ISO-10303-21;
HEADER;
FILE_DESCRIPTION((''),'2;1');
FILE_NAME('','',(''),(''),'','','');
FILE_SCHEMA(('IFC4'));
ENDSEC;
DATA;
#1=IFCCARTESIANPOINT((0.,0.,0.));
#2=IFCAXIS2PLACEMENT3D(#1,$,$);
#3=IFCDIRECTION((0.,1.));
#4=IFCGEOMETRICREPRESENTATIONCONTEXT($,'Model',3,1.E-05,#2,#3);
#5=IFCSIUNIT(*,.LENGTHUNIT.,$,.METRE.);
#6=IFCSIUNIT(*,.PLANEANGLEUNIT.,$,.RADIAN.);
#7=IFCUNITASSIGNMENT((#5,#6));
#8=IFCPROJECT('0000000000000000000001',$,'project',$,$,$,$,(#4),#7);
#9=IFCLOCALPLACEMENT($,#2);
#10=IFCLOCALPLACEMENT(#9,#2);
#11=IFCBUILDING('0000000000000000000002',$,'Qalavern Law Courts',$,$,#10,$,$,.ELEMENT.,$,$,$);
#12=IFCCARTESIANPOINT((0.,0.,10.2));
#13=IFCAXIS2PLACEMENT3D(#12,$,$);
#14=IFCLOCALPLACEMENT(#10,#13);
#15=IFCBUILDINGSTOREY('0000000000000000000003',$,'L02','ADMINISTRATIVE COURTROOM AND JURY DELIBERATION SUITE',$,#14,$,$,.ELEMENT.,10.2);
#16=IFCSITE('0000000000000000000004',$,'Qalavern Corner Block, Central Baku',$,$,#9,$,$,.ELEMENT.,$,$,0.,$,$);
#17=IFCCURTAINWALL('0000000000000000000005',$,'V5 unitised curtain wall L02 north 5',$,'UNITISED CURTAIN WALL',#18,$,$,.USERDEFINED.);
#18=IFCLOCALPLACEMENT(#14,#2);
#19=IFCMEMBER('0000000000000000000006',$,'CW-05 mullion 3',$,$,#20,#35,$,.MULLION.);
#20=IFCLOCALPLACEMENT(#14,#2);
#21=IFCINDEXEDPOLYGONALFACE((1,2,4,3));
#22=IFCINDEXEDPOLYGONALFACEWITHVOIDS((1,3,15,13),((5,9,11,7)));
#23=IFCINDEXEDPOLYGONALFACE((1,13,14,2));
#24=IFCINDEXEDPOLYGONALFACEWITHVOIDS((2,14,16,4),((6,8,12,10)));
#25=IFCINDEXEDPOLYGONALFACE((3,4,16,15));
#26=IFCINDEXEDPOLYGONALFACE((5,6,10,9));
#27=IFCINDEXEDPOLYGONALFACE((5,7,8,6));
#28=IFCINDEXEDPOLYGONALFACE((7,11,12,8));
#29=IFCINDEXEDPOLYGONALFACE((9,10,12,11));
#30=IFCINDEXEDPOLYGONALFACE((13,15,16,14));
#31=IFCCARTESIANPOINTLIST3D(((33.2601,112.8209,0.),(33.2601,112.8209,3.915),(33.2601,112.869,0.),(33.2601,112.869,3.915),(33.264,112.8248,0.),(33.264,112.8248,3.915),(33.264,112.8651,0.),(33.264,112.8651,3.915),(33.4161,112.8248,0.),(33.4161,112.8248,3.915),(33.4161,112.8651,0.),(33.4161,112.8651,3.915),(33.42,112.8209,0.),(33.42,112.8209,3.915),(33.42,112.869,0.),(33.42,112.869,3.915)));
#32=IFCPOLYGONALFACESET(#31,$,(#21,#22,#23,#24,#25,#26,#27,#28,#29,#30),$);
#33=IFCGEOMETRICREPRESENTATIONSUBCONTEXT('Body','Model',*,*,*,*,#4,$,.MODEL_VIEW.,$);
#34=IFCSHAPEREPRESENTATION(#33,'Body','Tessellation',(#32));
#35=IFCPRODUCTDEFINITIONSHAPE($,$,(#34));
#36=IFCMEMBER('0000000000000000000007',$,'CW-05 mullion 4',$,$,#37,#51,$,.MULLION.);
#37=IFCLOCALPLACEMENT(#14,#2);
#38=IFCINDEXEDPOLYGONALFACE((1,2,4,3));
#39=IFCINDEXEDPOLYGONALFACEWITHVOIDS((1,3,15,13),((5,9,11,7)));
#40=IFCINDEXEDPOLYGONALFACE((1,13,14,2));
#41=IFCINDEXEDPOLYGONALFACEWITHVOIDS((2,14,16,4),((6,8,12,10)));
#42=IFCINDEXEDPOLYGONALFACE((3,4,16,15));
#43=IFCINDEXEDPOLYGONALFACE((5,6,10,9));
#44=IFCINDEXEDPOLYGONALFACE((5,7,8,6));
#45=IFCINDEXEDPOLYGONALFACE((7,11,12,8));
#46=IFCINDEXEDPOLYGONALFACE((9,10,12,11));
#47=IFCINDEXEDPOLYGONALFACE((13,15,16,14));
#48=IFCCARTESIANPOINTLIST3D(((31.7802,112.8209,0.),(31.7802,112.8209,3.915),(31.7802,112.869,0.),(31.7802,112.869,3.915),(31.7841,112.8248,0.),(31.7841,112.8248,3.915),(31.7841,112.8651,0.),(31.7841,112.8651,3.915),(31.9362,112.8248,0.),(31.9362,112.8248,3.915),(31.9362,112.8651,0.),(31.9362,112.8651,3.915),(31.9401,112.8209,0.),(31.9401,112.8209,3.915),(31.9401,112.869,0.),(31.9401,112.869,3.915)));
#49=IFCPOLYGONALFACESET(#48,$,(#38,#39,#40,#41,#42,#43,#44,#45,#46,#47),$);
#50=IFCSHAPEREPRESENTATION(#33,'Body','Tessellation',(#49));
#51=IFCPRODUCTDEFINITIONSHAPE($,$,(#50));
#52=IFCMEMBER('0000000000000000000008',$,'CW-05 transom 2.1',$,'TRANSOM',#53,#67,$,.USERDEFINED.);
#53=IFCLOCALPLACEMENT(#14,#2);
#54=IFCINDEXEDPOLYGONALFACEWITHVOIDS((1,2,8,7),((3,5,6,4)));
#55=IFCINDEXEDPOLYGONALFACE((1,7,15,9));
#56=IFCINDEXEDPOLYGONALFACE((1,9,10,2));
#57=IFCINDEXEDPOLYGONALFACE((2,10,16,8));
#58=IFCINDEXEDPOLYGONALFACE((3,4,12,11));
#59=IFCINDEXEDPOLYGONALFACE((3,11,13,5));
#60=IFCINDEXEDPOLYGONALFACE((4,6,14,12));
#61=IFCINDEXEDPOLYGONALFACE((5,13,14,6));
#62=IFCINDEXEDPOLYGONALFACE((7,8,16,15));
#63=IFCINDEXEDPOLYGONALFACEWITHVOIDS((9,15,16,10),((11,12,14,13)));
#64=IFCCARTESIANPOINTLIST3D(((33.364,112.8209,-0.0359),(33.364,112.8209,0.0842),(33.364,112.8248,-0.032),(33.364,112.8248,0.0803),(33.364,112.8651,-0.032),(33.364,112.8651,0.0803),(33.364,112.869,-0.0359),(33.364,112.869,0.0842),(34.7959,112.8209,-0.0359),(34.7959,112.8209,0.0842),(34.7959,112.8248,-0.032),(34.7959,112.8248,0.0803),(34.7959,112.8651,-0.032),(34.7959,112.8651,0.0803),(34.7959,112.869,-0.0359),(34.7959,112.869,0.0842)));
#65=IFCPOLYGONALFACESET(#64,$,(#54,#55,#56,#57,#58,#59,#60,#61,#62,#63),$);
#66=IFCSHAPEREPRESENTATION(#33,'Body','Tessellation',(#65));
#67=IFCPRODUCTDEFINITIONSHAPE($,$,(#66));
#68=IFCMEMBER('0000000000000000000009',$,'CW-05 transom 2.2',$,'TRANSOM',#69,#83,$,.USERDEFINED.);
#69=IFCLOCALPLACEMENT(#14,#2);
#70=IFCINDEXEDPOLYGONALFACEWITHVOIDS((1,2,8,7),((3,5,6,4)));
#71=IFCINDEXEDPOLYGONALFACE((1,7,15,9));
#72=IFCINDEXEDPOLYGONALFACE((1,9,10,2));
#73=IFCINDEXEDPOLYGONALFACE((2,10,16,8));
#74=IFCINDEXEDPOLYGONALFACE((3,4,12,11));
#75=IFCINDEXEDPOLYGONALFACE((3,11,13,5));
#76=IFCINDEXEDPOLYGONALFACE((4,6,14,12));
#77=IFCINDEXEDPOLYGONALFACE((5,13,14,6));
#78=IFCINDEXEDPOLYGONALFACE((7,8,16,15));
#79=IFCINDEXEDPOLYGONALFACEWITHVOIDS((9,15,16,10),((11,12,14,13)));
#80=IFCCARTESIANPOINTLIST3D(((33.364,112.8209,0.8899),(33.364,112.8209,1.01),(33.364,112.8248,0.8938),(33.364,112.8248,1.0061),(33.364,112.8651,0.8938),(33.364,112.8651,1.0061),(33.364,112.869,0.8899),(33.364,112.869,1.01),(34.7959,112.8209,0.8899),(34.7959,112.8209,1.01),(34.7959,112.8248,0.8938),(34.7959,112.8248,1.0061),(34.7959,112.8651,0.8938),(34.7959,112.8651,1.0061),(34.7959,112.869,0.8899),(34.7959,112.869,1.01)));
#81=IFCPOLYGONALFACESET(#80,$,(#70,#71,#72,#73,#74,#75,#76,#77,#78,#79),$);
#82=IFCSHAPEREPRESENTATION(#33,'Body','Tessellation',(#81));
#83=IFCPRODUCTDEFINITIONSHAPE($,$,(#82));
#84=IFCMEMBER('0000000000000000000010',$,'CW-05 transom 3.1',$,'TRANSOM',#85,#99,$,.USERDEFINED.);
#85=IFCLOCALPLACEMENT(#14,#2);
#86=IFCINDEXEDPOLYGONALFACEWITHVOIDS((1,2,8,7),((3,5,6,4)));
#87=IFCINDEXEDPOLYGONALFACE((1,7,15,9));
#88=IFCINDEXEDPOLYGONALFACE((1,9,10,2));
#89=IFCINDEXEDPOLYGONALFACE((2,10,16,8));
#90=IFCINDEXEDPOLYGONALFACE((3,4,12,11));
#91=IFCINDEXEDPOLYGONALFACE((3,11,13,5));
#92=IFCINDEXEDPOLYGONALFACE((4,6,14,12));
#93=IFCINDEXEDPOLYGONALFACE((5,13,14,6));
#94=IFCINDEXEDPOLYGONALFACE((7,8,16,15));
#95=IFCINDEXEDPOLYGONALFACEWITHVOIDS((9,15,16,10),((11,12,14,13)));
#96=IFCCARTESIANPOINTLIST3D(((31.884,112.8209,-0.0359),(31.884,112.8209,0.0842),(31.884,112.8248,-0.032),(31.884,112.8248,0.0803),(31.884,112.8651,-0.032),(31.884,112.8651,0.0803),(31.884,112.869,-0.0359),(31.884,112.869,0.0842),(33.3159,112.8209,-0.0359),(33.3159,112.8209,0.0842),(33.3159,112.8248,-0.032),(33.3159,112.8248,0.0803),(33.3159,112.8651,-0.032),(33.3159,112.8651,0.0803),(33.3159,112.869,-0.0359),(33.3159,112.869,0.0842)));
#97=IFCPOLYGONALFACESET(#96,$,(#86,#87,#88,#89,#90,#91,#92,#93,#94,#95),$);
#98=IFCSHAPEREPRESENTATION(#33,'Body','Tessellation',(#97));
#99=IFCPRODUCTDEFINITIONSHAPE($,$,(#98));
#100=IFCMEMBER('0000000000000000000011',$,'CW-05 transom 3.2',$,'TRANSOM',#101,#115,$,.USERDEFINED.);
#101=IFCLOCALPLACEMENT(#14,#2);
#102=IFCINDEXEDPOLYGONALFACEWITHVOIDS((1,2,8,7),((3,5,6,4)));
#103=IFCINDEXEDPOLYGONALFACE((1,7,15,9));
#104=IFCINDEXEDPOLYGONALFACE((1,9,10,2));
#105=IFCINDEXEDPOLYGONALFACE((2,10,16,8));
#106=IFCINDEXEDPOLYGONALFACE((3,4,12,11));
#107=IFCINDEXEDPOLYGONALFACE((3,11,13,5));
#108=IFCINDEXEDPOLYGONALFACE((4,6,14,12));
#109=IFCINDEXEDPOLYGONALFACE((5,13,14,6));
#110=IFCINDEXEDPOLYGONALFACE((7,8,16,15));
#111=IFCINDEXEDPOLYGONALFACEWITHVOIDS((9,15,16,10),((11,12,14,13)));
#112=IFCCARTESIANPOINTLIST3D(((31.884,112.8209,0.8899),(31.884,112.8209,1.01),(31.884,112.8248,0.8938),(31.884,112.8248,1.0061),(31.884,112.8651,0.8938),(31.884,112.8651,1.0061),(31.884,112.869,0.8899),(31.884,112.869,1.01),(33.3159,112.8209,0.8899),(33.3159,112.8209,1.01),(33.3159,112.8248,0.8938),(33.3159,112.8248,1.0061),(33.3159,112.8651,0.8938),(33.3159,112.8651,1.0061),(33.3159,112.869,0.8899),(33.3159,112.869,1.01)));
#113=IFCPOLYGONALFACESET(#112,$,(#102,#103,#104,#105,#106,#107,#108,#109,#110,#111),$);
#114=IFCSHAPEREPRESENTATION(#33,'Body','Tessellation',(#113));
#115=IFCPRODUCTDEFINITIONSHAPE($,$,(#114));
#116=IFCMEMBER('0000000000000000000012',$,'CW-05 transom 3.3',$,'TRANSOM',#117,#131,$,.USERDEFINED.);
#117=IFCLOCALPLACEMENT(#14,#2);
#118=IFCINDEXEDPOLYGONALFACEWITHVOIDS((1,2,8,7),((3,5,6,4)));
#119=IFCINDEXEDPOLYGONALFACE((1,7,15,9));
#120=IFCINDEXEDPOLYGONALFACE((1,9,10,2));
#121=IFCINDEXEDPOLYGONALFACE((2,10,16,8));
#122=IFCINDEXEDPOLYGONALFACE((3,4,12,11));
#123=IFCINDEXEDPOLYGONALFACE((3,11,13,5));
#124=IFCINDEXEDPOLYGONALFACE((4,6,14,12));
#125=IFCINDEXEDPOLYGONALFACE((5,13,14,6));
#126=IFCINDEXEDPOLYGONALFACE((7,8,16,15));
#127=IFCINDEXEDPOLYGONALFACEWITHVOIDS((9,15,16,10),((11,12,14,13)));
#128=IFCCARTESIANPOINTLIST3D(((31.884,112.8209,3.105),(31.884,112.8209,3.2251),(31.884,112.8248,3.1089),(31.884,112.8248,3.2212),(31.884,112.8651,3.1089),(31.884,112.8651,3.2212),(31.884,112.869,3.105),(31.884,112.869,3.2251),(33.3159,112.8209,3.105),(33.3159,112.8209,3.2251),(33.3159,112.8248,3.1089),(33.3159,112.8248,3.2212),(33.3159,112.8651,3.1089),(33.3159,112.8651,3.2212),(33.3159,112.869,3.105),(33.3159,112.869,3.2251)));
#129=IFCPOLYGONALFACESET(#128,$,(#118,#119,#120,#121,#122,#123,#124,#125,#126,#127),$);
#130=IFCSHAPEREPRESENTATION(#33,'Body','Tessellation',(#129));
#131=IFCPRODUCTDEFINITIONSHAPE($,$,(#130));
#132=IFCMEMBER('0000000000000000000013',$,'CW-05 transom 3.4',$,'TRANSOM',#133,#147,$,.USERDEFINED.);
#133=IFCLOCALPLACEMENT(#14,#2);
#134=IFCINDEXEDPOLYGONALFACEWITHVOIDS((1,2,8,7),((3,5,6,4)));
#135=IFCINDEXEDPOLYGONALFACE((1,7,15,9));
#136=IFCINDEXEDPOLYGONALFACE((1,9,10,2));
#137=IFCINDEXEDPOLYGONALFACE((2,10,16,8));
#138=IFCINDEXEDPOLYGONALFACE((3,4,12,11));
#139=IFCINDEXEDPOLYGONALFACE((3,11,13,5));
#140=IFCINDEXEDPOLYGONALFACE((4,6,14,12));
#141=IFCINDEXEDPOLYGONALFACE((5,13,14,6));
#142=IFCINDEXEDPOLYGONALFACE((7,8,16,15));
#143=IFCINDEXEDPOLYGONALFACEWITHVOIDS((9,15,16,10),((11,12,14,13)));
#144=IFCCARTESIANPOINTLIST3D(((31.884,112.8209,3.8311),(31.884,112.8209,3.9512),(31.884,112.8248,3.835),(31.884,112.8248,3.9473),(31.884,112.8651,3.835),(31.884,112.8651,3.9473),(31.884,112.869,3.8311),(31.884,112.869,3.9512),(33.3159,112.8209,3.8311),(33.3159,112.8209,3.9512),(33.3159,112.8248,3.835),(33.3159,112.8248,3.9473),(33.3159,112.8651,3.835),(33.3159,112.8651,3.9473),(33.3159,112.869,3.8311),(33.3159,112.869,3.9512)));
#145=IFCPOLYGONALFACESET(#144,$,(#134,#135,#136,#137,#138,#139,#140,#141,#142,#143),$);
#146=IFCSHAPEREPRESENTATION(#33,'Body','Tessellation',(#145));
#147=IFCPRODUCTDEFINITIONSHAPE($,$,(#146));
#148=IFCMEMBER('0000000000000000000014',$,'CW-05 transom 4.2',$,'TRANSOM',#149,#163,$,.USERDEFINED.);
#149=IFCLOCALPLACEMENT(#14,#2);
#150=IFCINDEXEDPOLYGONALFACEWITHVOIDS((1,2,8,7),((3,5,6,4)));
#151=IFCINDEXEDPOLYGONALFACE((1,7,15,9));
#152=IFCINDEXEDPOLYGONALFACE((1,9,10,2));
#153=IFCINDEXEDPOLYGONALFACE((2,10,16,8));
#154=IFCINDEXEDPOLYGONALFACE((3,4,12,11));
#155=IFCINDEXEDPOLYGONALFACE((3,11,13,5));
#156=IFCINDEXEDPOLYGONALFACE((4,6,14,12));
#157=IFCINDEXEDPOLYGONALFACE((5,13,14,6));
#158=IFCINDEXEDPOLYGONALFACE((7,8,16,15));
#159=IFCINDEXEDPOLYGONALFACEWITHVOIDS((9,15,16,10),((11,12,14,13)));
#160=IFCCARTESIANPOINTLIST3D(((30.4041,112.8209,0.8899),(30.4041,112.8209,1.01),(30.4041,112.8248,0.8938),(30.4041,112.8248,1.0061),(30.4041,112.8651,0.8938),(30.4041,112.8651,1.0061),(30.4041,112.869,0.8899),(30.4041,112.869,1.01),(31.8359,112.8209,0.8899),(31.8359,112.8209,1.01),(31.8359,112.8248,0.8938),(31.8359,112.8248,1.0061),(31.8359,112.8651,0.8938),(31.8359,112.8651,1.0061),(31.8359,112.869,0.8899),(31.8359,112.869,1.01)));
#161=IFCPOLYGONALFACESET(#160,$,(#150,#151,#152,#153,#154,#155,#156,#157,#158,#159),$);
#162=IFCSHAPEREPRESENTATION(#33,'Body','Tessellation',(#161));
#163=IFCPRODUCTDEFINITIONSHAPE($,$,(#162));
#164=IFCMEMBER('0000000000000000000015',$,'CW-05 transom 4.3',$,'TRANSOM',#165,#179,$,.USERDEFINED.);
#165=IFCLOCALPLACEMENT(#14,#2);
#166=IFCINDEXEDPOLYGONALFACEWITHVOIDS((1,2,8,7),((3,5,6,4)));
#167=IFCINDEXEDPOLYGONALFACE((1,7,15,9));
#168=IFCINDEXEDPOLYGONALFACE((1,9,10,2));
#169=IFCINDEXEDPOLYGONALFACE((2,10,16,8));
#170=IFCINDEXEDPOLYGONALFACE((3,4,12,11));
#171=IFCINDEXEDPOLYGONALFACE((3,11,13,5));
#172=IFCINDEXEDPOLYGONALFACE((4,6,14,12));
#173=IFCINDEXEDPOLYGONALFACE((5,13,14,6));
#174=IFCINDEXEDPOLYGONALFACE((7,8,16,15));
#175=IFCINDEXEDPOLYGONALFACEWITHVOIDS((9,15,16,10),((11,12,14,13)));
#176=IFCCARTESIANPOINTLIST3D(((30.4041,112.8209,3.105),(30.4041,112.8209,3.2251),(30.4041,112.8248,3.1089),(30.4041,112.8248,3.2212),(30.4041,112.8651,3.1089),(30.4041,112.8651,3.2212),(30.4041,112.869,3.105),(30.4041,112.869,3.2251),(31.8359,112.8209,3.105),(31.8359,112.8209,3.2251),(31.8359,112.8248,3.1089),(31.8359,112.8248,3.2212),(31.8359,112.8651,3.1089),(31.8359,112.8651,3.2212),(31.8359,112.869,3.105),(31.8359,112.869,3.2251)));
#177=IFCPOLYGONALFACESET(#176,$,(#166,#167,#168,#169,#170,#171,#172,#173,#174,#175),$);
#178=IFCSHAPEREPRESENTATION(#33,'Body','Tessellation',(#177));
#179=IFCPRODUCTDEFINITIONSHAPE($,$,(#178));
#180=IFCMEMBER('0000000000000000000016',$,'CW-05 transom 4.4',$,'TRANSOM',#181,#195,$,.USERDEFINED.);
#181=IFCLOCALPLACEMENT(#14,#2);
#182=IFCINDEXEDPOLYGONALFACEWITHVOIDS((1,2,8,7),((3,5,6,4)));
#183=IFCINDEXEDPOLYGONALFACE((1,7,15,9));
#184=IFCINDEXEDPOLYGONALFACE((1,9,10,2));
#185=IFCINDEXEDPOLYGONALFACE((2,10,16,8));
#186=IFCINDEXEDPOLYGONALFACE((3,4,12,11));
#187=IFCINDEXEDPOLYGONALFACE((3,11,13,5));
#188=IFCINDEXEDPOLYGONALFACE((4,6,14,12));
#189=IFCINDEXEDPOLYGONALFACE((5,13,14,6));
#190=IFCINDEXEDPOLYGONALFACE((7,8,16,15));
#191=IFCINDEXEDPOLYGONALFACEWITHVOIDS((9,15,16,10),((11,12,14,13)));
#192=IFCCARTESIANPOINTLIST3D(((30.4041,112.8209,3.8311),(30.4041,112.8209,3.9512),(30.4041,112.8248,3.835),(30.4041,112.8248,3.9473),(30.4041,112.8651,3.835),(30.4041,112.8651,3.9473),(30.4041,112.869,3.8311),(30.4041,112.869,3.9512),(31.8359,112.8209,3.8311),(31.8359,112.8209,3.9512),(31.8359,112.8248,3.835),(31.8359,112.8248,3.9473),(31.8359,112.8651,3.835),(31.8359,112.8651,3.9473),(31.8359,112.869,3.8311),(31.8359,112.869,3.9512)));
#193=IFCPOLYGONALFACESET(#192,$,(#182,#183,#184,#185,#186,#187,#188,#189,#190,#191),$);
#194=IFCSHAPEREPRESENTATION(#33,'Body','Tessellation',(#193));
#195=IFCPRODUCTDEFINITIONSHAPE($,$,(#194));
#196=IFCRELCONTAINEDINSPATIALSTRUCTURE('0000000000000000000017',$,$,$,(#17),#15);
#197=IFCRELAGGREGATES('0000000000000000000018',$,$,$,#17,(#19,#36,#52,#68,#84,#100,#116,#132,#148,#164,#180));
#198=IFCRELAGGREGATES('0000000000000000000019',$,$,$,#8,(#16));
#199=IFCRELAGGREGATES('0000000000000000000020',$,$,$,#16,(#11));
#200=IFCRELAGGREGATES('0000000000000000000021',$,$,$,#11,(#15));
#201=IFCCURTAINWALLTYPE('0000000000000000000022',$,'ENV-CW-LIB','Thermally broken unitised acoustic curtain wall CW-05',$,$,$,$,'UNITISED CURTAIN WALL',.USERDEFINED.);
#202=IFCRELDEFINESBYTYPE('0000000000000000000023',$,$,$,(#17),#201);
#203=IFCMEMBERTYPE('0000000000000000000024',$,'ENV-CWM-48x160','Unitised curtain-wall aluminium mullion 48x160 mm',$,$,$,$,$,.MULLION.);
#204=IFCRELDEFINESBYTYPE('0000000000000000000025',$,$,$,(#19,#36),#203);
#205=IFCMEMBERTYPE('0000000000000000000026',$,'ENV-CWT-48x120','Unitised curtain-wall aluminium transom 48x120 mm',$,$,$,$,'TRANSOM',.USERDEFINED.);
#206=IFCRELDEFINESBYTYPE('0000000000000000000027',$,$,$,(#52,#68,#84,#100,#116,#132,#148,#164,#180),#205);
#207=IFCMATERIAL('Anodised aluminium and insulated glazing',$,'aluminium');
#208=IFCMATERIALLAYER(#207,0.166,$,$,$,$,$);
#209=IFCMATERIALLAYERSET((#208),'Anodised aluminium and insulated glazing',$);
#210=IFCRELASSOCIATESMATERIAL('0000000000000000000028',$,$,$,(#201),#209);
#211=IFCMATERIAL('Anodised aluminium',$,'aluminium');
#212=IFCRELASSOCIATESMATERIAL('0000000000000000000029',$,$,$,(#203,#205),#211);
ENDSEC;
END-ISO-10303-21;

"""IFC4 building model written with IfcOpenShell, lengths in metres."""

from ifc_helpers import new_model, si_unit, direction, frame, origin, origin_2d, place, context, subcontext, project, spatial, hollow_rectangle, extrude, material, layer, layer_set, material_profile, profile_set, type_object, element, aggregate, save


model = new_model("IFC4")

# Units and contexts
model_context = context("Model", 3, precision=1e-05, world=origin(), true_north=direction((0.0, 1.0)))
body_context = subcontext(model_context, "Body", "Model", "MODEL_VIEW")
ifc_project = project(units=[si_unit("LENGTHUNIT", "METRE"), si_unit("PLANEANGLEUNIT", "RADIAN")], contexts=[model_context])

# Site, building, storey
site_placement = place(None, origin())
site = spatial("IfcSite", under=ifc_project, at=site_placement, Name="Qalavern Corner Block, Central Baku", CompositionType="ELEMENT", RefElevation=0.0)
building_placement = place(site_placement, origin())
building = spatial("IfcBuilding", under=site, at=building_placement, Name="Qalavern Law Courts", CompositionType="ELEMENT")
storey_placement = place(building_placement, frame((0.0, 0.0, 10.2)))
storey = spatial("IfcBuildingStorey", under=building, at=storey_placement, Name="L02", Description="ADMINISTRATIVE COURTROOM AND JURY DELIBERATION SUITE", CompositionType="ELEMENT", Elevation=10.2)

# Curtain wall, members
ifc_material_1 = material(Name="Anodised aluminium and insulated glazing", Category="aluminium")
ifc_layer_1 = layer(ifc_material_1, 0.166)
ifc_layer_set_1 = layer_set([ifc_layer_1], Name="Anodised aluminium and insulated glazing")
curtain_wall_type = type_object("IfcCurtainWallType", Name="ENV-CW-LIB", Description="Thermally broken unitised acoustic curtain wall CW-05", ElementType="UNITISED CURTAIN WALL", PredefinedType="USERDEFINED", material=ifc_layer_set_1)
curtain_wall_placement = place(storey_placement, origin())
curtain_wall = element("IfcCurtainWall", 1, at=curtain_wall_placement, inside=storey, type_object=curtain_wall_type, Name="V5 unitised curtain wall L02 north 5", ObjectType="UNITISED CURTAIN WALL", PredefinedType="USERDEFINED")
ifc_material_2 = material(Name="Anodised aluminium", Category="aluminium")
ifc_material_profile_1 = material_profile(ifc_material_2, hollow_rectangle(XDim=0.0481, YDim=0.1599, WallThickness=0.0039, at=origin_2d()), Name="ALU MULLION 48x160")
ifc_profile_set_1 = profile_set([ifc_material_profile_1], Name="Anodised aluminium")
member_type_1 = type_object("IfcMemberType", Name="ENV-CWM-48x160", Description="Unitised curtain-wall aluminium mullion 48x160 mm", PredefinedType="MULLION", material=ifc_profile_set_1)
member_1_placement = place(storey_placement, frame((33.3401, 112.845, 0.0), z_axis=(0.0, 0.0, 1.0), x_axis=(0.0, -1.0, 0.0)))
member_1 = element("IfcMember", 2, at=member_1_placement, type_object=member_type_1, Name="CW-05 mullion 3", PredefinedType="MULLION", context=body_context, shape_type="SweptSolid", body=[
    extrude(hollow_rectangle(XDim=0.0481, YDim=0.1599, WallThickness=0.0039, at=origin_2d()), origin(), (0.0, 0.0, 1.0), 3.915),
])
member_2_placement = place(storey_placement, frame((31.8601, 112.845, 0.0), z_axis=(0.0, 0.0, 1.0), x_axis=(0.0, -1.0, 0.0)))
member_2 = element("IfcMember", 3, at=member_2_placement, type_object=member_type_1, Name="CW-05 mullion 4", PredefinedType="MULLION", context=body_context, shape_type="SweptSolid", body=[
    extrude(hollow_rectangle(XDim=0.0481, YDim=0.1599, WallThickness=0.0039, at=origin_2d()), origin(), (0.0, 0.0, 1.0), 3.915),
])
ifc_material_profile_2 = material_profile(ifc_material_2, hollow_rectangle(XDim=0.0481, YDim=0.1201, WallThickness=0.0039, at=origin_2d()), Name="ALU TRANSOM 48x120")
ifc_profile_set_2 = profile_set([ifc_material_profile_2], Name="Anodised aluminium")
member_type_2 = type_object("IfcMemberType", Name="ENV-CWT-48x120", Description="Unitised curtain-wall aluminium transom 48x120 mm", ElementType="TRANSOM", PredefinedType="USERDEFINED", material=ifc_profile_set_2)
member_3_placement = place(storey_placement, frame((34.7959, 112.845, 0.0242), z_axis=(-1.0, 0.0, 0.0), x_axis=(0.0, -1.0, 0.0)))
member_3 = element("IfcMember", 4, at=member_3_placement, type_object=member_type_2, Name="CW-05 transom 2.1", ObjectType="TRANSOM", PredefinedType="USERDEFINED", context=body_context, shape_type="SweptSolid", body=[
    extrude(hollow_rectangle(XDim=0.0481, YDim=0.1201, WallThickness=0.0039, at=origin_2d()), origin(), (0.0, 0.0, 1.0), 1.4319),
])
member_4_placement = place(storey_placement, frame((34.7959, 112.845, 0.95), z_axis=(-1.0, 0.0, 0.0), x_axis=(0.0, -1.0, 0.0)))
member_4 = element("IfcMember", 5, at=member_4_placement, type_object=member_type_2, Name="CW-05 transom 2.2", ObjectType="TRANSOM", PredefinedType="USERDEFINED", context=body_context, shape_type="SweptSolid", body=[
    extrude(hollow_rectangle(XDim=0.0481, YDim=0.1201, WallThickness=0.0039, at=origin_2d()), origin(), (0.0, 0.0, 1.0), 1.4319),
])
member_5_placement = place(storey_placement, frame((33.3159, 112.845, 0.0242), z_axis=(-1.0, 0.0, 0.0), x_axis=(0.0, -1.0, 0.0)))
member_5 = element("IfcMember", 6, at=member_5_placement, type_object=member_type_2, Name="CW-05 transom 3.1", ObjectType="TRANSOM", PredefinedType="USERDEFINED", context=body_context, shape_type="SweptSolid", body=[
    extrude(hollow_rectangle(XDim=0.0481, YDim=0.1201, WallThickness=0.0039, at=origin_2d()), origin(), (0.0, 0.0, 1.0), 1.4319),
])
member_6_placement = place(storey_placement, frame((33.3159, 112.845, 0.95), z_axis=(-1.0, 0.0, 0.0), x_axis=(0.0, -1.0, 0.0)))
member_6 = element("IfcMember", 7, at=member_6_placement, type_object=member_type_2, Name="CW-05 transom 3.2", ObjectType="TRANSOM", PredefinedType="USERDEFINED", context=body_context, shape_type="SweptSolid", body=[
    extrude(hollow_rectangle(XDim=0.0481, YDim=0.1201, WallThickness=0.0039, at=origin_2d()), origin(), (0.0, 0.0, 1.0), 1.4319),
])
member_7_placement = place(storey_placement, frame((33.3159, 112.845, 3.165), z_axis=(-1.0, 0.0, 0.0), x_axis=(0.0, -1.0, 0.0)))
member_7 = element("IfcMember", 8, at=member_7_placement, type_object=member_type_2, Name="CW-05 transom 3.3", ObjectType="TRANSOM", PredefinedType="USERDEFINED", context=body_context, shape_type="SweptSolid", body=[
    extrude(hollow_rectangle(XDim=0.0481, YDim=0.1201, WallThickness=0.0039, at=origin_2d()), origin(), (0.0, 0.0, 1.0), 1.4319),
])
member_8_placement = place(storey_placement, frame((33.3159, 112.845, 3.8911), z_axis=(-1.0, 0.0, 0.0), x_axis=(0.0, -1.0, 0.0)))
member_8 = element("IfcMember", 9, at=member_8_placement, type_object=member_type_2, Name="CW-05 transom 3.4", ObjectType="TRANSOM", PredefinedType="USERDEFINED", context=body_context, shape_type="SweptSolid", body=[
    extrude(hollow_rectangle(XDim=0.0481, YDim=0.1201, WallThickness=0.0039, at=origin_2d()), origin(), (0.0, 0.0, 1.0), 1.4319),
])
member_9_placement = place(storey_placement, frame((31.8359, 112.845, 0.95), z_axis=(-1.0, 0.0, 0.0), x_axis=(0.0, -1.0, 0.0)))
member_9 = element("IfcMember", 10, at=member_9_placement, type_object=member_type_2, Name="CW-05 transom 4.2", ObjectType="TRANSOM", PredefinedType="USERDEFINED", context=body_context, shape_type="SweptSolid", body=[
    extrude(hollow_rectangle(XDim=0.0481, YDim=0.1201, WallThickness=0.0039, at=origin_2d()), origin(), (0.0, 0.0, 1.0), 1.4319),
])
member_10_placement = place(storey_placement, frame((31.8359, 112.845, 3.165), z_axis=(-1.0, 0.0, 0.0), x_axis=(0.0, -1.0, 0.0)))
member_10 = element("IfcMember", 11, at=member_10_placement, type_object=member_type_2, Name="CW-05 transom 4.3", ObjectType="TRANSOM", PredefinedType="USERDEFINED", context=body_context, shape_type="SweptSolid", body=[
    extrude(hollow_rectangle(XDim=0.0481, YDim=0.1201, WallThickness=0.0039, at=origin_2d()), origin(), (0.0, 0.0, 1.0), 1.4319),
])
member_11_placement = place(storey_placement, frame((31.8359, 112.845, 3.8911), z_axis=(-1.0, 0.0, 0.0), x_axis=(0.0, -1.0, 0.0)))
member_11 = element("IfcMember", 12, at=member_11_placement, type_object=member_type_2, Name="CW-05 transom 4.4", ObjectType="TRANSOM", PredefinedType="USERDEFINED", context=body_context, shape_type="SweptSolid", body=[
    extrude(hollow_rectangle(XDim=0.0481, YDim=0.1201, WallThickness=0.0039, at=origin_2d()), origin(), (0.0, 0.0, 1.0), 1.4319),
])
aggregate(curtain_wall, [member_1, member_2, member_3, member_4, member_5, member_6, member_7, member_8, member_9, member_10, member_11])

save(model, "model.ifc")
